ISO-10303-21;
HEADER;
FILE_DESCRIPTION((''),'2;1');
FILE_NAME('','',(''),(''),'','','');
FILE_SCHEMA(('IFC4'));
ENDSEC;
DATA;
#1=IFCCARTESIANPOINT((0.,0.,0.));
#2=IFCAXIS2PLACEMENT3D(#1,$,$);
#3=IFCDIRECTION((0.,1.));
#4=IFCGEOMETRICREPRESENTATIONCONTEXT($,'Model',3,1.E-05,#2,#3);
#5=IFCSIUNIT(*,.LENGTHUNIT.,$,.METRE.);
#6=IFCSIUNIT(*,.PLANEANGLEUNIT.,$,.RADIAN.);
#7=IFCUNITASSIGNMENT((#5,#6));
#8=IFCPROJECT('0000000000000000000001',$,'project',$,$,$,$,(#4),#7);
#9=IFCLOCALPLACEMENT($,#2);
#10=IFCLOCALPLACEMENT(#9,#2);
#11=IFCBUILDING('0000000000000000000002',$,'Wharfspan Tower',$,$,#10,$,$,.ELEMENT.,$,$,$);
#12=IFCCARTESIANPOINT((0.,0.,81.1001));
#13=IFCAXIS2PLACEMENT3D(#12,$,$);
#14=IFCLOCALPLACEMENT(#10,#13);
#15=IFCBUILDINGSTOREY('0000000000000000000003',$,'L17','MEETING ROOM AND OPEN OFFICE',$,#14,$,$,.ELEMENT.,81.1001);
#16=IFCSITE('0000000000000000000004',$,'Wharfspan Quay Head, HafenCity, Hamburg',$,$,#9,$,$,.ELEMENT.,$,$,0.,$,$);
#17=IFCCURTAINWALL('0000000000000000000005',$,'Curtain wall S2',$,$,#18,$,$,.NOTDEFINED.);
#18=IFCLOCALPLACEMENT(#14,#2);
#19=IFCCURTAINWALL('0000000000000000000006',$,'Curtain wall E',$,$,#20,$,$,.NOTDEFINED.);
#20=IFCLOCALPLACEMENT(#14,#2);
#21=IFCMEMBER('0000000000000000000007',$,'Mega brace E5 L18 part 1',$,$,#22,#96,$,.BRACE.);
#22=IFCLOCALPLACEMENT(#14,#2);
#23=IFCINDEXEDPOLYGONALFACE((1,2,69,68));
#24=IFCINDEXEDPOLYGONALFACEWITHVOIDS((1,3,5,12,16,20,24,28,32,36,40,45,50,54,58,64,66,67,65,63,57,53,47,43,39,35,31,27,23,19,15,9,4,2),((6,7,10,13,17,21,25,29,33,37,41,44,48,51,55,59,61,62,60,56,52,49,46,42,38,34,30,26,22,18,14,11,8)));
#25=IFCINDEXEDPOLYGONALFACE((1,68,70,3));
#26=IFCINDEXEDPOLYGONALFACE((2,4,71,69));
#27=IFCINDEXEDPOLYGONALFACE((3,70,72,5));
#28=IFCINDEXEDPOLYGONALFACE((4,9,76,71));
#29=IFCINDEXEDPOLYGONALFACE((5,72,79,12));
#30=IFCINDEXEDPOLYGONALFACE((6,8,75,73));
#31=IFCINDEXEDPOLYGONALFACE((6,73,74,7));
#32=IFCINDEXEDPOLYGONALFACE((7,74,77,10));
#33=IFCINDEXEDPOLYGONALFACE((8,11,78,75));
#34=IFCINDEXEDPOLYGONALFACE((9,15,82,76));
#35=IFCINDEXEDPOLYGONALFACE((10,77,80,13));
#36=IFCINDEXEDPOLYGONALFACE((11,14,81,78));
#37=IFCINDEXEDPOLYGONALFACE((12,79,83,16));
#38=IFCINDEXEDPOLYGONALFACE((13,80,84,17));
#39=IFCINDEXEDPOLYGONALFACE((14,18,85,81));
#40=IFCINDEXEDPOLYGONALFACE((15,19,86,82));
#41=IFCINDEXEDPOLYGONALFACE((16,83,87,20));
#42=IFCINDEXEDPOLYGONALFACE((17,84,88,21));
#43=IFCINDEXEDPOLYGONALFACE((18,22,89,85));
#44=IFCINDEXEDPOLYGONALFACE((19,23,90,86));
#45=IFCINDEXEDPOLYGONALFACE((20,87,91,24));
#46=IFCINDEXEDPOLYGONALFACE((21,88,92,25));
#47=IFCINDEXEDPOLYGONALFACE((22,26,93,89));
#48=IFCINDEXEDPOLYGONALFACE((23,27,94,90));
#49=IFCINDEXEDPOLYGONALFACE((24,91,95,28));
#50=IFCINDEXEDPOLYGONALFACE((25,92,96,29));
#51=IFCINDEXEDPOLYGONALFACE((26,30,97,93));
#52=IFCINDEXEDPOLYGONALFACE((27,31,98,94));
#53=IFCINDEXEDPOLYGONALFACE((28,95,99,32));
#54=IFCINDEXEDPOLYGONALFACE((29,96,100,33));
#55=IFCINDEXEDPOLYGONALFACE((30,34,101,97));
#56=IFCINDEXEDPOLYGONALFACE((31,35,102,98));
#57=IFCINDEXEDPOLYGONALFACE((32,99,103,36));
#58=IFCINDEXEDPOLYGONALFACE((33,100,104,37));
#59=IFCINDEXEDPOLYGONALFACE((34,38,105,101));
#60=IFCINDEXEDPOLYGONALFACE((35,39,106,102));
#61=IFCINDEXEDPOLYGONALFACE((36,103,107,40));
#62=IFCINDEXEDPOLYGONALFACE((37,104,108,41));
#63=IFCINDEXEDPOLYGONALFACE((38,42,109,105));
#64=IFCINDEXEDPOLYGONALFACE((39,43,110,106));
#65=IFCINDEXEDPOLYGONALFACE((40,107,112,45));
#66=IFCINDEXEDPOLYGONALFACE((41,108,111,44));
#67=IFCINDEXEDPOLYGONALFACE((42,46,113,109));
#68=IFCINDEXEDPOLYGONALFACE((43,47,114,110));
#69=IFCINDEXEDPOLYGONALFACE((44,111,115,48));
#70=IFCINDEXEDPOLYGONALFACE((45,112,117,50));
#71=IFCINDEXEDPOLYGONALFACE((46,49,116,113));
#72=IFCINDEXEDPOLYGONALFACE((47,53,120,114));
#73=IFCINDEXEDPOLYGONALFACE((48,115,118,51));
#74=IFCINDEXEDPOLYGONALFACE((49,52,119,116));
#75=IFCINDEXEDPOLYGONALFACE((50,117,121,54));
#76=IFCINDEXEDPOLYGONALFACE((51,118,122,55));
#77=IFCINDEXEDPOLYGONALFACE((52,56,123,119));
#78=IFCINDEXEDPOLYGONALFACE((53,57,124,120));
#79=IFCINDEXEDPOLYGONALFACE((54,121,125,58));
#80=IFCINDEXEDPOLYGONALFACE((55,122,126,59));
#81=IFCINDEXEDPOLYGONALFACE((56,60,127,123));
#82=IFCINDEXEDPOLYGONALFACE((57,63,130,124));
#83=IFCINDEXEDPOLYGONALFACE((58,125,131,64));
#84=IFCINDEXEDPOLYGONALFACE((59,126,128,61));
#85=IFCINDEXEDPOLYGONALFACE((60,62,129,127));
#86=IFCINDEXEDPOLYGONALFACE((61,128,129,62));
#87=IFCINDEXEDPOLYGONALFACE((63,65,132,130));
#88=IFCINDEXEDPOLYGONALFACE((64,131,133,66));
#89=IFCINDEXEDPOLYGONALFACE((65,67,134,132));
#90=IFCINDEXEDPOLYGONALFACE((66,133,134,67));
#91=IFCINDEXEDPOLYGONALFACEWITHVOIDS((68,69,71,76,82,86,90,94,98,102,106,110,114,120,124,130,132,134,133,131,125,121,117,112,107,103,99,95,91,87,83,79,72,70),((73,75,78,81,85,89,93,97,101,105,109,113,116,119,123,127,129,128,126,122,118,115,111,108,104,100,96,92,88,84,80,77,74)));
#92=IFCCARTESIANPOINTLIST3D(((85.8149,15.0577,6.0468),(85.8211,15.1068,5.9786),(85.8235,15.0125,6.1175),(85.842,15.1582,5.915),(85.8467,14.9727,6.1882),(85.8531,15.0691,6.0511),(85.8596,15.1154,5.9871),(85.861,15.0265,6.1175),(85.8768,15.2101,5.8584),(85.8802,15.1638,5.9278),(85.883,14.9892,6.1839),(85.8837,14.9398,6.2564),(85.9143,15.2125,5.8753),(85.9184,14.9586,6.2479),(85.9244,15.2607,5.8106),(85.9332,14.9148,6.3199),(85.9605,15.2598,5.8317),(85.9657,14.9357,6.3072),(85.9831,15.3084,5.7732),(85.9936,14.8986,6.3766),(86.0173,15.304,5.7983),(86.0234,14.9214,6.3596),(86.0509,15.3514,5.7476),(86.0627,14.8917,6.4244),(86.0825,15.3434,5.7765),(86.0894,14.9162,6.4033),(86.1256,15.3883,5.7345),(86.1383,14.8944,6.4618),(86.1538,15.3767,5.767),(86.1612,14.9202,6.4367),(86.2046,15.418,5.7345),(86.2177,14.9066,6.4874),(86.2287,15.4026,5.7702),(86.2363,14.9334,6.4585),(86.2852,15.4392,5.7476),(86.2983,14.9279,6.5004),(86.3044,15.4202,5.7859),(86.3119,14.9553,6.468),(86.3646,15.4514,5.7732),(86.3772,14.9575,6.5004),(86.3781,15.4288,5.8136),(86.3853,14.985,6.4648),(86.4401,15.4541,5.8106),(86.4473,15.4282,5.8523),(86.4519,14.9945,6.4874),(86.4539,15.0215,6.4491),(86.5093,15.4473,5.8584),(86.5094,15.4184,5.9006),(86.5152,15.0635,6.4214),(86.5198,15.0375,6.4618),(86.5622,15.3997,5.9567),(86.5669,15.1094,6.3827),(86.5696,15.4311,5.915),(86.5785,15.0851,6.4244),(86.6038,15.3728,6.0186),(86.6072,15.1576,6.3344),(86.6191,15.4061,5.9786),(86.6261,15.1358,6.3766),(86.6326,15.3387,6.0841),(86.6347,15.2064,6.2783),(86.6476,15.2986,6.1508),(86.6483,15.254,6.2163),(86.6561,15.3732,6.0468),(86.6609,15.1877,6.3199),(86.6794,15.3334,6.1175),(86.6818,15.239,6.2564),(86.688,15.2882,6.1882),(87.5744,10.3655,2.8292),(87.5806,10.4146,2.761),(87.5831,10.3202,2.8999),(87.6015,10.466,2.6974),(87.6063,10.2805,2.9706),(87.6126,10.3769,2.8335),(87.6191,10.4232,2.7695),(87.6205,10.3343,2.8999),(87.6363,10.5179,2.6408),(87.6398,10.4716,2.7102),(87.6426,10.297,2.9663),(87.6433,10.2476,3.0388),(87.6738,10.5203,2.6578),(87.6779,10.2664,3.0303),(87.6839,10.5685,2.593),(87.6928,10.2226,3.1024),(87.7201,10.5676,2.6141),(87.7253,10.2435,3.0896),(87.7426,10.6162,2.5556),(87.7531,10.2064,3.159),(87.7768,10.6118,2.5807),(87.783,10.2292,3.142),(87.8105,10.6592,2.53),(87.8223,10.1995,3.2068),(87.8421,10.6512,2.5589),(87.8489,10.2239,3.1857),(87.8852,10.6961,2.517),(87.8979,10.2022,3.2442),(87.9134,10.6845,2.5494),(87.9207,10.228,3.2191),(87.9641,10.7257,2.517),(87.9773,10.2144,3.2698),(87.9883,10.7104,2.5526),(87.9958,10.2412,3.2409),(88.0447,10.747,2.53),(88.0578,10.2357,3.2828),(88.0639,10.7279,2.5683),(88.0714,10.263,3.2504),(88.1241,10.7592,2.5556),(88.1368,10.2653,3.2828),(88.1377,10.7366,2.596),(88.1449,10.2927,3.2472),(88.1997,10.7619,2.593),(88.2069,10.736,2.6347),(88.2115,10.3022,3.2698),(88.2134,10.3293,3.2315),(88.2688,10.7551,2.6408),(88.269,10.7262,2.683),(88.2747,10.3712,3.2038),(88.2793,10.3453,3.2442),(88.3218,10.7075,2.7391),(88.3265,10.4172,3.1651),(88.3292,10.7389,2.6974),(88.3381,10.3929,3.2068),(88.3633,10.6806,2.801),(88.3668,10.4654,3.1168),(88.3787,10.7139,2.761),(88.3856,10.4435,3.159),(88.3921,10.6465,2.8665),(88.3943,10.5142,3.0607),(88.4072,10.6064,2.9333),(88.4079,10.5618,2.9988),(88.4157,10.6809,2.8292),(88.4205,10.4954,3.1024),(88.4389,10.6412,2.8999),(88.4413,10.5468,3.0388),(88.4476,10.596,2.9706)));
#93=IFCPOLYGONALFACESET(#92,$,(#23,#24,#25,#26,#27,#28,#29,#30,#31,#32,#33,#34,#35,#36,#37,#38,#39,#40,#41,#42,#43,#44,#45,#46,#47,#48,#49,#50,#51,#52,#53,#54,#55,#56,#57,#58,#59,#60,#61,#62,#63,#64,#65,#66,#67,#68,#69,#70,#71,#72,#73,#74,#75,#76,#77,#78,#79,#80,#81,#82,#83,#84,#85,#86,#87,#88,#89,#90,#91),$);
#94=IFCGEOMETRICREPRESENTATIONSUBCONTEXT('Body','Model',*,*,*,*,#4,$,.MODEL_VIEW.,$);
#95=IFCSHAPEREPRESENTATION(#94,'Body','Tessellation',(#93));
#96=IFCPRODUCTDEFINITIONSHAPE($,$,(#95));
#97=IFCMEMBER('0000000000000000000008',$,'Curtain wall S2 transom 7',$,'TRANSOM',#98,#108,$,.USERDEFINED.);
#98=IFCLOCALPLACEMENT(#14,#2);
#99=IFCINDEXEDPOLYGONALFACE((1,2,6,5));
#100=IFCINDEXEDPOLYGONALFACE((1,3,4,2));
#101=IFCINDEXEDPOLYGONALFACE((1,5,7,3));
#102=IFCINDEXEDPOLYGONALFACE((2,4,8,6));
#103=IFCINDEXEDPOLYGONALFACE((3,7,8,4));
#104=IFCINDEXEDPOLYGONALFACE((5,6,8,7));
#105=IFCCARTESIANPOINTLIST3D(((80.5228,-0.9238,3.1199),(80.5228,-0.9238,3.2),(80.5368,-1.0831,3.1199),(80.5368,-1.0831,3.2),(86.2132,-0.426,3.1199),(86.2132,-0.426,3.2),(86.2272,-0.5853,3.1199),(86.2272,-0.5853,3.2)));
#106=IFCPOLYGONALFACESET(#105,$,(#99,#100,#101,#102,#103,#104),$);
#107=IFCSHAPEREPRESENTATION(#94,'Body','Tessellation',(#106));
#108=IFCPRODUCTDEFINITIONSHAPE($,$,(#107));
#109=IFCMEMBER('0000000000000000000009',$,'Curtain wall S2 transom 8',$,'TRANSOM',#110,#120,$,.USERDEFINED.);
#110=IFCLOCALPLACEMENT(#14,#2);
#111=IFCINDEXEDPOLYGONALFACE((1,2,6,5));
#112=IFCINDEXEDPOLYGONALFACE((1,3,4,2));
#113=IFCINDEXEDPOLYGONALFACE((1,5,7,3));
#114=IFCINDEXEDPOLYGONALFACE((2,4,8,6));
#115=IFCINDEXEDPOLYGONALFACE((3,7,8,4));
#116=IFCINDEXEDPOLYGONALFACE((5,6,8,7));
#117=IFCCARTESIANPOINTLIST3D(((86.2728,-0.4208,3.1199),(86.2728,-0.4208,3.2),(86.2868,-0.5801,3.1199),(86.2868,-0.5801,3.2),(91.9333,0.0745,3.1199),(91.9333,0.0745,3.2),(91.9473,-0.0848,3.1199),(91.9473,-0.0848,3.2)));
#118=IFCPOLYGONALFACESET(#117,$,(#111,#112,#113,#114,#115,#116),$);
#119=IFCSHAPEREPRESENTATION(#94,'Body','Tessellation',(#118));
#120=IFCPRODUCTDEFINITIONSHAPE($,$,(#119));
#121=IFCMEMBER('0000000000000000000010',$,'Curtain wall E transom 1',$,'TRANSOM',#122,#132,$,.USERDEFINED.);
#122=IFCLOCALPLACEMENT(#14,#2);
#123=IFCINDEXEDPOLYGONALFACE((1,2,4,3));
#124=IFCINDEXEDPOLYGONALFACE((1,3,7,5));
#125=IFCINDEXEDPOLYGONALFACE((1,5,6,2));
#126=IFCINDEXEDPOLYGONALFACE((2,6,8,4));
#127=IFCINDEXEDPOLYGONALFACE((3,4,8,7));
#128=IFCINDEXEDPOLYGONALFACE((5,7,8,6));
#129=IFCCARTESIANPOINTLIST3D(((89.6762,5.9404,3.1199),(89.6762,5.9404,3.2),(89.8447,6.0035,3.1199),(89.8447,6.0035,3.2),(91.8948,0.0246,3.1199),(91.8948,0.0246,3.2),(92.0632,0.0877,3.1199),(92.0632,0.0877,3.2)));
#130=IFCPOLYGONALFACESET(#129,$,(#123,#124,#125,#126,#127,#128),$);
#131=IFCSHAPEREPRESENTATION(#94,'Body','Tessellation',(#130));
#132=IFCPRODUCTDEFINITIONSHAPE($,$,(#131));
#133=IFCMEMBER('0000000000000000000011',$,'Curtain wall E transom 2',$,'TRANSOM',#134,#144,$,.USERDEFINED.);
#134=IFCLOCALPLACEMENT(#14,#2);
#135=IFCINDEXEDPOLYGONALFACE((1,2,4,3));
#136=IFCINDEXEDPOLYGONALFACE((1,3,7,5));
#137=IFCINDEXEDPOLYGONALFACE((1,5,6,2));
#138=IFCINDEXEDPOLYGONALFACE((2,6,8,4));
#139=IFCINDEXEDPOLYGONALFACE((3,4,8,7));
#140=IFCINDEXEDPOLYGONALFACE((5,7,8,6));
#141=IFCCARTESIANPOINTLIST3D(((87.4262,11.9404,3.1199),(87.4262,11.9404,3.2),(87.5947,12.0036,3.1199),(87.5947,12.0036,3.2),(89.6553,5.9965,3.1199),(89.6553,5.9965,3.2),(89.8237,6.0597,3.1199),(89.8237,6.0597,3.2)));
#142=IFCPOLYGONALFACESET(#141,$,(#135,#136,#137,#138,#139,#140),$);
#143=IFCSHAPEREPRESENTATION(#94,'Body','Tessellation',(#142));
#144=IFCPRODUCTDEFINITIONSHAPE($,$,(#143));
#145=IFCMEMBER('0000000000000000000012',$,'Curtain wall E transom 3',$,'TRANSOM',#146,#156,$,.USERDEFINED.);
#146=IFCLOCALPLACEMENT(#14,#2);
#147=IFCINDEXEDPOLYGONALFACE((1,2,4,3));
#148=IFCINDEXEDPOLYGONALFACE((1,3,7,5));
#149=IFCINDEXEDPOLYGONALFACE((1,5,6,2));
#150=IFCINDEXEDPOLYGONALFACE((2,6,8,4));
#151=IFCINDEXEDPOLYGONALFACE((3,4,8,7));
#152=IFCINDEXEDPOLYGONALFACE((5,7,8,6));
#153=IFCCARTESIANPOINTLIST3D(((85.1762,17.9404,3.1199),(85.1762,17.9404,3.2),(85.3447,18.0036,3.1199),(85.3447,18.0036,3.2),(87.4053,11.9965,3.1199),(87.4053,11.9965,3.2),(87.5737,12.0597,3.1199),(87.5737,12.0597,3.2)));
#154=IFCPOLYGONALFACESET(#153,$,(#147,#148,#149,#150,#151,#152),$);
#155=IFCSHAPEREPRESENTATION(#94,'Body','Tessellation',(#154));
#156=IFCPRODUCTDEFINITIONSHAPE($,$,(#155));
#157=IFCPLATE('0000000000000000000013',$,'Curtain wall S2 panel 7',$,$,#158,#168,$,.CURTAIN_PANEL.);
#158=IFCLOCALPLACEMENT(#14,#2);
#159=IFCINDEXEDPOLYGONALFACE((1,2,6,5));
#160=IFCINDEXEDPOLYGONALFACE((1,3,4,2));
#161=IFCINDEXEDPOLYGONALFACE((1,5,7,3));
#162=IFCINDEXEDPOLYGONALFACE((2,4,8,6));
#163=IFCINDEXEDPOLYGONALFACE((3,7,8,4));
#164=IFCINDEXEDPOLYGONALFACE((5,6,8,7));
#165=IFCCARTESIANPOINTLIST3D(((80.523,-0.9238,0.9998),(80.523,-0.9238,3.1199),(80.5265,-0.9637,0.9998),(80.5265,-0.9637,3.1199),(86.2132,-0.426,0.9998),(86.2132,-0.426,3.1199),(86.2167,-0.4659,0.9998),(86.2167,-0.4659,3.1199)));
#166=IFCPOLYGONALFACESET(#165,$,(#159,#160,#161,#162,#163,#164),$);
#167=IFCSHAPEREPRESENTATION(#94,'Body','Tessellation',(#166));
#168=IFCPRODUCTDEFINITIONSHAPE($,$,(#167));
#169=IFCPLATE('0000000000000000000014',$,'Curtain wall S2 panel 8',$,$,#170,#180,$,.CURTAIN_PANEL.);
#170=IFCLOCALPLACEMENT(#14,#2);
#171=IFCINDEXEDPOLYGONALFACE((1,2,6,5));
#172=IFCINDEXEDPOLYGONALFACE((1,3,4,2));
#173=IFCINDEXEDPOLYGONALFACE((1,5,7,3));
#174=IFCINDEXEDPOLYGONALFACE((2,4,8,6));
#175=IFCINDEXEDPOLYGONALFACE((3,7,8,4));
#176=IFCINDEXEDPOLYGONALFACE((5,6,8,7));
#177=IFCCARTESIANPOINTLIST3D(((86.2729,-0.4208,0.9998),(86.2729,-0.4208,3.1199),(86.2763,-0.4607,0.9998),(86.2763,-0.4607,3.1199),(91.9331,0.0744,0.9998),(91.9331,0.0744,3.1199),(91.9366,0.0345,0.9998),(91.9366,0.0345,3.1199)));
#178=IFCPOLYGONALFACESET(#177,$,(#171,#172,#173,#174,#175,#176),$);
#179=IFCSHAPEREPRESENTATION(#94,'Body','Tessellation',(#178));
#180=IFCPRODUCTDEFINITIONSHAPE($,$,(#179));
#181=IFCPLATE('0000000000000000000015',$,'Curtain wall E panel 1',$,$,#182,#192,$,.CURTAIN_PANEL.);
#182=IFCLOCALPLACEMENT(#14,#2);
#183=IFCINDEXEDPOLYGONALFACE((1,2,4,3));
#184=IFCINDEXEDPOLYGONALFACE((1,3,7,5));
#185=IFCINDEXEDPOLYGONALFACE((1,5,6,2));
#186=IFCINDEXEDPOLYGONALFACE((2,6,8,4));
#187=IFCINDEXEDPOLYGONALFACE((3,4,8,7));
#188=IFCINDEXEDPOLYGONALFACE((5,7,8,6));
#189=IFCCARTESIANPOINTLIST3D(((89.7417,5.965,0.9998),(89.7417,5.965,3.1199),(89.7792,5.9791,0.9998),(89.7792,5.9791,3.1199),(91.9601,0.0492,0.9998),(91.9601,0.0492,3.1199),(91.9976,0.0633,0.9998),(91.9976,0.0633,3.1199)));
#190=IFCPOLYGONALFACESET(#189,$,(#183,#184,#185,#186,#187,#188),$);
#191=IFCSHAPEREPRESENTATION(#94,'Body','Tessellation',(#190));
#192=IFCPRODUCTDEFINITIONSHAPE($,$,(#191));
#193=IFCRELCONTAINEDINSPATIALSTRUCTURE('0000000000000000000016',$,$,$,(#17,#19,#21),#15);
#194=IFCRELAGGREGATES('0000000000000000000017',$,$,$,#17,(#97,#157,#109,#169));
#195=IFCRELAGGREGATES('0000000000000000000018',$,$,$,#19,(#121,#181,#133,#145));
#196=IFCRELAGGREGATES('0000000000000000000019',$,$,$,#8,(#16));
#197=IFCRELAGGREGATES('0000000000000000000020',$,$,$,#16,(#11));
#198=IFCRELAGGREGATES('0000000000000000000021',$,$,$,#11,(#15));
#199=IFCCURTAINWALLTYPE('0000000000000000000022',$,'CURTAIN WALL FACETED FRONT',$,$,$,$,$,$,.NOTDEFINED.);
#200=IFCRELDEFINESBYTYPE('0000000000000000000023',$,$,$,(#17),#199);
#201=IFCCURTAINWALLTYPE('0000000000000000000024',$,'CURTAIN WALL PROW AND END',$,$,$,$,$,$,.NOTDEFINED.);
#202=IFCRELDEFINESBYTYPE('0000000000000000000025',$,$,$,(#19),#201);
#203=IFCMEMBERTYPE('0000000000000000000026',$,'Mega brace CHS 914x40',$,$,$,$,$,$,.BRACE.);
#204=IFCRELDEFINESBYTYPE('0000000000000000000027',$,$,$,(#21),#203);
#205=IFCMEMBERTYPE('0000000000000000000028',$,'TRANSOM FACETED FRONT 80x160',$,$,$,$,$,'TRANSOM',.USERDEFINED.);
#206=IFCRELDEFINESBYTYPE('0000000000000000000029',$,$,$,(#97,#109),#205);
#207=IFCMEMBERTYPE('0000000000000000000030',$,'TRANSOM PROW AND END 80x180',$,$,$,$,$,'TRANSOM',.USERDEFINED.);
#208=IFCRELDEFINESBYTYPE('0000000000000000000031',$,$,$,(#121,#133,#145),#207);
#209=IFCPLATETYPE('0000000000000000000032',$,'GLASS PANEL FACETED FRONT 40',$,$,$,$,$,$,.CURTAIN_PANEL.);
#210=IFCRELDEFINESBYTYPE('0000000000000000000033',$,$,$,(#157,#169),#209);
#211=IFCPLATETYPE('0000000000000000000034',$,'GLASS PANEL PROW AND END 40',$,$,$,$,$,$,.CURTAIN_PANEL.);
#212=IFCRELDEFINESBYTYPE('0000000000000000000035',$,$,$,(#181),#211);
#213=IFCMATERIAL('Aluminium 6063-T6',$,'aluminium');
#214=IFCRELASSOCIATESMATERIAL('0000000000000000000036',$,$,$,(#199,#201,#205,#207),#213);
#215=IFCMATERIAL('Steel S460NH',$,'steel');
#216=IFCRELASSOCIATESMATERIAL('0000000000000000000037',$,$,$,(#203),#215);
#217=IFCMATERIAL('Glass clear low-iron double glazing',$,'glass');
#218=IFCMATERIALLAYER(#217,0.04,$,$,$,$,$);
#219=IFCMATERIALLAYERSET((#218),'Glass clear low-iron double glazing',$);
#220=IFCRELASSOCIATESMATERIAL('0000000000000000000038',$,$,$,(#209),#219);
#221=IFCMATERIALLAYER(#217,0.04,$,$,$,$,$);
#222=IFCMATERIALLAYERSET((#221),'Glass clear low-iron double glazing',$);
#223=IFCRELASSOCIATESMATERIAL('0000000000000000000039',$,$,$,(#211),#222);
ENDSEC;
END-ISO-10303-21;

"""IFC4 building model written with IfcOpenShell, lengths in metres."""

from ifc_helpers import new_model, si_unit, direction, frame, origin, origin_2d, place, context, subcontext, project, spatial, rectangle, hollow_circle, extrude, material, layer, layer_set, material_profile, profile_set, type_object, element, aggregate, save


model = new_model("IFC4")

# Units and contexts
model_context = context("Model", 3, precision=1e-05, world=origin(), true_north=direction((0.0, 1.0)))
body_context = subcontext(model_context, "Body", "Model", "MODEL_VIEW")
ifc_project = project(units=[si_unit("LENGTHUNIT", "METRE"), si_unit("PLANEANGLEUNIT", "RADIAN")], contexts=[model_context])

# Site, building, storey
site_placement = place(None, origin())
site = spatial("IfcSite", under=ifc_project, at=site_placement, Name="Wharfspan Quay Head, HafenCity, Hamburg", CompositionType="ELEMENT", RefElevation=0.0)
building_placement = place(site_placement, origin())
building = spatial("IfcBuilding", under=site, at=building_placement, Name="Wharfspan Tower", CompositionType="ELEMENT")
storey_placement = place(building_placement, frame((0.0, 0.0, 81.1001)))
storey = spatial("IfcBuildingStorey", under=building, at=storey_placement, Name="L17", Description="MEETING ROOM AND OPEN OFFICE", CompositionType="ELEMENT", Elevation=81.1001)

# Curtain walls
ifc_material_1 = material(Name="Aluminium 6063-T6", Category="aluminium")
curtain_wall_type_1 = type_object("IfcCurtainWallType", Name="CURTAIN WALL FACETED FRONT", PredefinedType="NOTDEFINED", material=ifc_material_1)
curtain_wall_1_placement = place(storey_placement, origin())
curtain_wall_1 = element("IfcCurtainWall", 1, at=curtain_wall_1_placement, inside=storey, type_object=curtain_wall_type_1, Name="Curtain wall S2", PredefinedType="NOTDEFINED")
curtain_wall_type_2 = type_object("IfcCurtainWallType", Name="CURTAIN WALL PROW AND END", PredefinedType="NOTDEFINED", material=ifc_material_1)
curtain_wall_2_placement = place(storey_placement, origin())
curtain_wall_2 = element("IfcCurtainWall", 2, at=curtain_wall_2_placement, inside=storey, type_object=curtain_wall_type_2, Name="Curtain wall E", PredefinedType="NOTDEFINED")

# Members
ifc_material_2 = material(Name="Steel S460NH", Category="steel")
ifc_material_profile_1 = material_profile(ifc_material_2, hollow_circle(Radius=0.457, WallThickness=0.04, at=origin_2d()))
ifc_profile_set_1 = profile_set([ifc_material_profile_1], Name="Steel S460NH")
member_type_1 = type_object("IfcMemberType", Name="Mega brace CHS 914x40", PredefinedType="BRACE", material=ifc_profile_set_1)
member_1_placement = place(storey_placement, frame((88.011, 10.4807, 2.8999), z_axis=(-0.295459, 0.787904, 0.540288), x_axis=(-0.936328, -0.351115, -0.000003)))
element("IfcMember", 3, at=member_1_placement, inside=storey, type_object=member_type_1, Name="Mega brace E5 L18 part 1", PredefinedType="BRACE", context=body_context, shape_type="SweptSolid", body=[
    extrude(hollow_circle(Radius=0.457, WallThickness=0.04, at=origin_2d()), origin(), (0.0, 0.0, 1.0), 5.9553),
])
ifc_material_profile_2 = material_profile(ifc_material_1, rectangle(XDim=0.1599, YDim=0.0801, at=origin_2d()))
ifc_profile_set_2 = profile_set([ifc_material_profile_2], Name="Aluminium 6063-T6")
member_type_2 = type_object("IfcMemberType", Name="TRANSOM FACETED FRONT 80x160", ElementType="TRANSOM", PredefinedType="USERDEFINED", material=ifc_profile_set_2)
member_2_placement = place(storey_placement, frame((80.5298, -1.0034, 3.1599), z_axis=(0.996195, 0.087148, 0.0), x_axis=(-0.087148, 0.996195, 0.0)))
member_2 = element("IfcMember", 4, at=member_2_placement, type_object=member_type_2, Name="Curtain wall S2 transom 7", ObjectType="TRANSOM", PredefinedType="USERDEFINED", context=body_context, shape_type="SweptSolid", body=[
    extrude(rectangle(XDim=0.1599, YDim=0.0801, at=origin_2d()), origin(), (0.0, 0.0, 1.0), 5.7122),
])
member_3_placement = place(storey_placement, frame((86.2798, -0.5005, 3.1599), z_axis=(0.996193, 0.08718, 0.0), x_axis=(-0.08718, 0.996193, 0.0)))
member_3 = element("IfcMember", 5, at=member_3_placement, type_object=member_type_2, Name="Curtain wall S2 transom 8", ObjectType="TRANSOM", PredefinedType="USERDEFINED", context=body_context, shape_type="SweptSolid", body=[
    extrude(rectangle(XDim=0.1599, YDim=0.0801, at=origin_2d()), origin(), (0.0, 0.0, 1.0), 5.6821),
])
ifc_material_profile_3 = material_profile(ifc_material_1, rectangle(XDim=0.1799, YDim=0.0801, at=origin_2d()))
ifc_profile_set_3 = profile_set([ifc_material_profile_3], Name="Aluminium 6063-T6")
member_type_3 = type_object("IfcMemberType", Name="TRANSOM PROW AND END 80x180", ElementType="TRANSOM", PredefinedType="USERDEFINED", material=ifc_profile_set_3)
member_4_placement = place(storey_placement, frame((91.979, 0.0562, 3.1599), z_axis=(-0.351136, 0.936324, 0.0), x_axis=(-0.936324, -0.351136, 0.0)))
member_4 = element("IfcMember", 6, at=member_4_placement, type_object=member_type_3, Name="Curtain wall E transom 1", ObjectType="TRANSOM", PredefinedType="USERDEFINED", context=body_context, shape_type="SweptSolid", body=[
    extrude(rectangle(XDim=0.1799, YDim=0.0801, at=origin_2d()), origin(), (0.0, 0.0, 1.0), 6.3181),
])
member_5_placement = place(storey_placement, frame((89.7395, 6.0281, 3.1599), z_axis=(-0.351132, 0.936326, 0.0), x_axis=(-0.936326, -0.351132, 0.0)))
member_5 = element("IfcMember", 7, at=member_5_placement, type_object=member_type_3, Name="Curtain wall E transom 2", ObjectType="TRANSOM", PredefinedType="USERDEFINED", context=body_context, shape_type="SweptSolid", body=[
    extrude(rectangle(XDim=0.1799, YDim=0.0801, at=origin_2d()), origin(), (0.0, 0.0, 1.0), 6.3481),
])
member_6_placement = place(storey_placement, frame((87.4895, 12.0281, 3.1599), z_axis=(-0.351132, 0.936326, 0.0), x_axis=(-0.936326, -0.351132, 0.0)))
member_6 = element("IfcMember", 8, at=member_6_placement, type_object=member_type_3, Name="Curtain wall E transom 3", ObjectType="TRANSOM", PredefinedType="USERDEFINED", context=body_context, shape_type="SweptSolid", body=[
    extrude(rectangle(XDim=0.1799, YDim=0.0801, at=origin_2d()), origin(), (0.0, 0.0, 1.0), 6.3481),
])

# Plates
ifc_material_3 = material(Name="Glass clear low-iron double glazing", Category="glass")
ifc_layer_1 = layer(ifc_material_3, 0.04)
ifc_layer_set_1 = layer_set([ifc_layer_1], Name="Glass clear low-iron double glazing")
plate_type_1 = type_object("IfcPlateType", Name="GLASS PANEL FACETED FRONT 40", PredefinedType="CURTAIN_PANEL", material=ifc_layer_set_1)
plate_1_placement = place(storey_placement, frame((83.3699, -0.6948, 0.9998), z_axis=(0.0, 0.0, 1.0), x_axis=(0.996197, 0.087156, 0.0)))
plate_1 = element("IfcPlate", 9, at=plate_1_placement, type_object=plate_type_1, Name="Curtain wall S2 panel 7", PredefinedType="CURTAIN_PANEL", context=body_context, shape_type="SweptSolid", body=[
    extrude(rectangle(XDim=5.7119, YDim=0.04, at=origin_2d()), origin(), (0.0, 0.0, 1.0), 2.1201),
])
plate_2_placement = place(storey_placement, frame((89.1047, -0.1931, 0.9998), z_axis=(0.0, 0.0, 1.0), x_axis=(0.996197, 0.087156, 0.0)))
plate_2 = element("IfcPlate", 10, at=plate_2_placement, type_object=plate_type_1, Name="Curtain wall S2 panel 8", PredefinedType="CURTAIN_PANEL", context=body_context, shape_type="SweptSolid", body=[
    extrude(rectangle(XDim=5.6819, YDim=0.04, at=origin_2d()), origin(), (0.0, 0.0, 1.0), 2.1201),
])
aggregate(curtain_wall_1, [member_2, plate_1, member_3, plate_2])
ifc_layer_2 = layer(ifc_material_3, 0.04)
ifc_layer_set_2 = layer_set([ifc_layer_2], Name="Glass clear low-iron double glazing")
plate_type_2 = type_object("IfcPlateType", Name="GLASS PANEL PROW AND END 40", PredefinedType="CURTAIN_PANEL", material=ifc_layer_set_2)
plate_3_placement = place(storey_placement, frame((90.8696, 3.0142, 0.9998), z_axis=(0.0, 0.0, 1.0), x_axis=(-0.351123, 0.936328, 0.0)))
plate_3 = element("IfcPlate", 11, at=plate_3_placement, type_object=plate_type_2, Name="Curtain wall E panel 1", PredefinedType="CURTAIN_PANEL", context=body_context, shape_type="SweptSolid", body=[
    extrude(rectangle(XDim=6.3181, YDim=0.04, at=origin_2d()), origin(), (0.0, 0.0, 1.0), 2.1201),
])
aggregate(curtain_wall_2, [member_4, plate_3, member_5, member_6])

save(model, "model.ifc")
